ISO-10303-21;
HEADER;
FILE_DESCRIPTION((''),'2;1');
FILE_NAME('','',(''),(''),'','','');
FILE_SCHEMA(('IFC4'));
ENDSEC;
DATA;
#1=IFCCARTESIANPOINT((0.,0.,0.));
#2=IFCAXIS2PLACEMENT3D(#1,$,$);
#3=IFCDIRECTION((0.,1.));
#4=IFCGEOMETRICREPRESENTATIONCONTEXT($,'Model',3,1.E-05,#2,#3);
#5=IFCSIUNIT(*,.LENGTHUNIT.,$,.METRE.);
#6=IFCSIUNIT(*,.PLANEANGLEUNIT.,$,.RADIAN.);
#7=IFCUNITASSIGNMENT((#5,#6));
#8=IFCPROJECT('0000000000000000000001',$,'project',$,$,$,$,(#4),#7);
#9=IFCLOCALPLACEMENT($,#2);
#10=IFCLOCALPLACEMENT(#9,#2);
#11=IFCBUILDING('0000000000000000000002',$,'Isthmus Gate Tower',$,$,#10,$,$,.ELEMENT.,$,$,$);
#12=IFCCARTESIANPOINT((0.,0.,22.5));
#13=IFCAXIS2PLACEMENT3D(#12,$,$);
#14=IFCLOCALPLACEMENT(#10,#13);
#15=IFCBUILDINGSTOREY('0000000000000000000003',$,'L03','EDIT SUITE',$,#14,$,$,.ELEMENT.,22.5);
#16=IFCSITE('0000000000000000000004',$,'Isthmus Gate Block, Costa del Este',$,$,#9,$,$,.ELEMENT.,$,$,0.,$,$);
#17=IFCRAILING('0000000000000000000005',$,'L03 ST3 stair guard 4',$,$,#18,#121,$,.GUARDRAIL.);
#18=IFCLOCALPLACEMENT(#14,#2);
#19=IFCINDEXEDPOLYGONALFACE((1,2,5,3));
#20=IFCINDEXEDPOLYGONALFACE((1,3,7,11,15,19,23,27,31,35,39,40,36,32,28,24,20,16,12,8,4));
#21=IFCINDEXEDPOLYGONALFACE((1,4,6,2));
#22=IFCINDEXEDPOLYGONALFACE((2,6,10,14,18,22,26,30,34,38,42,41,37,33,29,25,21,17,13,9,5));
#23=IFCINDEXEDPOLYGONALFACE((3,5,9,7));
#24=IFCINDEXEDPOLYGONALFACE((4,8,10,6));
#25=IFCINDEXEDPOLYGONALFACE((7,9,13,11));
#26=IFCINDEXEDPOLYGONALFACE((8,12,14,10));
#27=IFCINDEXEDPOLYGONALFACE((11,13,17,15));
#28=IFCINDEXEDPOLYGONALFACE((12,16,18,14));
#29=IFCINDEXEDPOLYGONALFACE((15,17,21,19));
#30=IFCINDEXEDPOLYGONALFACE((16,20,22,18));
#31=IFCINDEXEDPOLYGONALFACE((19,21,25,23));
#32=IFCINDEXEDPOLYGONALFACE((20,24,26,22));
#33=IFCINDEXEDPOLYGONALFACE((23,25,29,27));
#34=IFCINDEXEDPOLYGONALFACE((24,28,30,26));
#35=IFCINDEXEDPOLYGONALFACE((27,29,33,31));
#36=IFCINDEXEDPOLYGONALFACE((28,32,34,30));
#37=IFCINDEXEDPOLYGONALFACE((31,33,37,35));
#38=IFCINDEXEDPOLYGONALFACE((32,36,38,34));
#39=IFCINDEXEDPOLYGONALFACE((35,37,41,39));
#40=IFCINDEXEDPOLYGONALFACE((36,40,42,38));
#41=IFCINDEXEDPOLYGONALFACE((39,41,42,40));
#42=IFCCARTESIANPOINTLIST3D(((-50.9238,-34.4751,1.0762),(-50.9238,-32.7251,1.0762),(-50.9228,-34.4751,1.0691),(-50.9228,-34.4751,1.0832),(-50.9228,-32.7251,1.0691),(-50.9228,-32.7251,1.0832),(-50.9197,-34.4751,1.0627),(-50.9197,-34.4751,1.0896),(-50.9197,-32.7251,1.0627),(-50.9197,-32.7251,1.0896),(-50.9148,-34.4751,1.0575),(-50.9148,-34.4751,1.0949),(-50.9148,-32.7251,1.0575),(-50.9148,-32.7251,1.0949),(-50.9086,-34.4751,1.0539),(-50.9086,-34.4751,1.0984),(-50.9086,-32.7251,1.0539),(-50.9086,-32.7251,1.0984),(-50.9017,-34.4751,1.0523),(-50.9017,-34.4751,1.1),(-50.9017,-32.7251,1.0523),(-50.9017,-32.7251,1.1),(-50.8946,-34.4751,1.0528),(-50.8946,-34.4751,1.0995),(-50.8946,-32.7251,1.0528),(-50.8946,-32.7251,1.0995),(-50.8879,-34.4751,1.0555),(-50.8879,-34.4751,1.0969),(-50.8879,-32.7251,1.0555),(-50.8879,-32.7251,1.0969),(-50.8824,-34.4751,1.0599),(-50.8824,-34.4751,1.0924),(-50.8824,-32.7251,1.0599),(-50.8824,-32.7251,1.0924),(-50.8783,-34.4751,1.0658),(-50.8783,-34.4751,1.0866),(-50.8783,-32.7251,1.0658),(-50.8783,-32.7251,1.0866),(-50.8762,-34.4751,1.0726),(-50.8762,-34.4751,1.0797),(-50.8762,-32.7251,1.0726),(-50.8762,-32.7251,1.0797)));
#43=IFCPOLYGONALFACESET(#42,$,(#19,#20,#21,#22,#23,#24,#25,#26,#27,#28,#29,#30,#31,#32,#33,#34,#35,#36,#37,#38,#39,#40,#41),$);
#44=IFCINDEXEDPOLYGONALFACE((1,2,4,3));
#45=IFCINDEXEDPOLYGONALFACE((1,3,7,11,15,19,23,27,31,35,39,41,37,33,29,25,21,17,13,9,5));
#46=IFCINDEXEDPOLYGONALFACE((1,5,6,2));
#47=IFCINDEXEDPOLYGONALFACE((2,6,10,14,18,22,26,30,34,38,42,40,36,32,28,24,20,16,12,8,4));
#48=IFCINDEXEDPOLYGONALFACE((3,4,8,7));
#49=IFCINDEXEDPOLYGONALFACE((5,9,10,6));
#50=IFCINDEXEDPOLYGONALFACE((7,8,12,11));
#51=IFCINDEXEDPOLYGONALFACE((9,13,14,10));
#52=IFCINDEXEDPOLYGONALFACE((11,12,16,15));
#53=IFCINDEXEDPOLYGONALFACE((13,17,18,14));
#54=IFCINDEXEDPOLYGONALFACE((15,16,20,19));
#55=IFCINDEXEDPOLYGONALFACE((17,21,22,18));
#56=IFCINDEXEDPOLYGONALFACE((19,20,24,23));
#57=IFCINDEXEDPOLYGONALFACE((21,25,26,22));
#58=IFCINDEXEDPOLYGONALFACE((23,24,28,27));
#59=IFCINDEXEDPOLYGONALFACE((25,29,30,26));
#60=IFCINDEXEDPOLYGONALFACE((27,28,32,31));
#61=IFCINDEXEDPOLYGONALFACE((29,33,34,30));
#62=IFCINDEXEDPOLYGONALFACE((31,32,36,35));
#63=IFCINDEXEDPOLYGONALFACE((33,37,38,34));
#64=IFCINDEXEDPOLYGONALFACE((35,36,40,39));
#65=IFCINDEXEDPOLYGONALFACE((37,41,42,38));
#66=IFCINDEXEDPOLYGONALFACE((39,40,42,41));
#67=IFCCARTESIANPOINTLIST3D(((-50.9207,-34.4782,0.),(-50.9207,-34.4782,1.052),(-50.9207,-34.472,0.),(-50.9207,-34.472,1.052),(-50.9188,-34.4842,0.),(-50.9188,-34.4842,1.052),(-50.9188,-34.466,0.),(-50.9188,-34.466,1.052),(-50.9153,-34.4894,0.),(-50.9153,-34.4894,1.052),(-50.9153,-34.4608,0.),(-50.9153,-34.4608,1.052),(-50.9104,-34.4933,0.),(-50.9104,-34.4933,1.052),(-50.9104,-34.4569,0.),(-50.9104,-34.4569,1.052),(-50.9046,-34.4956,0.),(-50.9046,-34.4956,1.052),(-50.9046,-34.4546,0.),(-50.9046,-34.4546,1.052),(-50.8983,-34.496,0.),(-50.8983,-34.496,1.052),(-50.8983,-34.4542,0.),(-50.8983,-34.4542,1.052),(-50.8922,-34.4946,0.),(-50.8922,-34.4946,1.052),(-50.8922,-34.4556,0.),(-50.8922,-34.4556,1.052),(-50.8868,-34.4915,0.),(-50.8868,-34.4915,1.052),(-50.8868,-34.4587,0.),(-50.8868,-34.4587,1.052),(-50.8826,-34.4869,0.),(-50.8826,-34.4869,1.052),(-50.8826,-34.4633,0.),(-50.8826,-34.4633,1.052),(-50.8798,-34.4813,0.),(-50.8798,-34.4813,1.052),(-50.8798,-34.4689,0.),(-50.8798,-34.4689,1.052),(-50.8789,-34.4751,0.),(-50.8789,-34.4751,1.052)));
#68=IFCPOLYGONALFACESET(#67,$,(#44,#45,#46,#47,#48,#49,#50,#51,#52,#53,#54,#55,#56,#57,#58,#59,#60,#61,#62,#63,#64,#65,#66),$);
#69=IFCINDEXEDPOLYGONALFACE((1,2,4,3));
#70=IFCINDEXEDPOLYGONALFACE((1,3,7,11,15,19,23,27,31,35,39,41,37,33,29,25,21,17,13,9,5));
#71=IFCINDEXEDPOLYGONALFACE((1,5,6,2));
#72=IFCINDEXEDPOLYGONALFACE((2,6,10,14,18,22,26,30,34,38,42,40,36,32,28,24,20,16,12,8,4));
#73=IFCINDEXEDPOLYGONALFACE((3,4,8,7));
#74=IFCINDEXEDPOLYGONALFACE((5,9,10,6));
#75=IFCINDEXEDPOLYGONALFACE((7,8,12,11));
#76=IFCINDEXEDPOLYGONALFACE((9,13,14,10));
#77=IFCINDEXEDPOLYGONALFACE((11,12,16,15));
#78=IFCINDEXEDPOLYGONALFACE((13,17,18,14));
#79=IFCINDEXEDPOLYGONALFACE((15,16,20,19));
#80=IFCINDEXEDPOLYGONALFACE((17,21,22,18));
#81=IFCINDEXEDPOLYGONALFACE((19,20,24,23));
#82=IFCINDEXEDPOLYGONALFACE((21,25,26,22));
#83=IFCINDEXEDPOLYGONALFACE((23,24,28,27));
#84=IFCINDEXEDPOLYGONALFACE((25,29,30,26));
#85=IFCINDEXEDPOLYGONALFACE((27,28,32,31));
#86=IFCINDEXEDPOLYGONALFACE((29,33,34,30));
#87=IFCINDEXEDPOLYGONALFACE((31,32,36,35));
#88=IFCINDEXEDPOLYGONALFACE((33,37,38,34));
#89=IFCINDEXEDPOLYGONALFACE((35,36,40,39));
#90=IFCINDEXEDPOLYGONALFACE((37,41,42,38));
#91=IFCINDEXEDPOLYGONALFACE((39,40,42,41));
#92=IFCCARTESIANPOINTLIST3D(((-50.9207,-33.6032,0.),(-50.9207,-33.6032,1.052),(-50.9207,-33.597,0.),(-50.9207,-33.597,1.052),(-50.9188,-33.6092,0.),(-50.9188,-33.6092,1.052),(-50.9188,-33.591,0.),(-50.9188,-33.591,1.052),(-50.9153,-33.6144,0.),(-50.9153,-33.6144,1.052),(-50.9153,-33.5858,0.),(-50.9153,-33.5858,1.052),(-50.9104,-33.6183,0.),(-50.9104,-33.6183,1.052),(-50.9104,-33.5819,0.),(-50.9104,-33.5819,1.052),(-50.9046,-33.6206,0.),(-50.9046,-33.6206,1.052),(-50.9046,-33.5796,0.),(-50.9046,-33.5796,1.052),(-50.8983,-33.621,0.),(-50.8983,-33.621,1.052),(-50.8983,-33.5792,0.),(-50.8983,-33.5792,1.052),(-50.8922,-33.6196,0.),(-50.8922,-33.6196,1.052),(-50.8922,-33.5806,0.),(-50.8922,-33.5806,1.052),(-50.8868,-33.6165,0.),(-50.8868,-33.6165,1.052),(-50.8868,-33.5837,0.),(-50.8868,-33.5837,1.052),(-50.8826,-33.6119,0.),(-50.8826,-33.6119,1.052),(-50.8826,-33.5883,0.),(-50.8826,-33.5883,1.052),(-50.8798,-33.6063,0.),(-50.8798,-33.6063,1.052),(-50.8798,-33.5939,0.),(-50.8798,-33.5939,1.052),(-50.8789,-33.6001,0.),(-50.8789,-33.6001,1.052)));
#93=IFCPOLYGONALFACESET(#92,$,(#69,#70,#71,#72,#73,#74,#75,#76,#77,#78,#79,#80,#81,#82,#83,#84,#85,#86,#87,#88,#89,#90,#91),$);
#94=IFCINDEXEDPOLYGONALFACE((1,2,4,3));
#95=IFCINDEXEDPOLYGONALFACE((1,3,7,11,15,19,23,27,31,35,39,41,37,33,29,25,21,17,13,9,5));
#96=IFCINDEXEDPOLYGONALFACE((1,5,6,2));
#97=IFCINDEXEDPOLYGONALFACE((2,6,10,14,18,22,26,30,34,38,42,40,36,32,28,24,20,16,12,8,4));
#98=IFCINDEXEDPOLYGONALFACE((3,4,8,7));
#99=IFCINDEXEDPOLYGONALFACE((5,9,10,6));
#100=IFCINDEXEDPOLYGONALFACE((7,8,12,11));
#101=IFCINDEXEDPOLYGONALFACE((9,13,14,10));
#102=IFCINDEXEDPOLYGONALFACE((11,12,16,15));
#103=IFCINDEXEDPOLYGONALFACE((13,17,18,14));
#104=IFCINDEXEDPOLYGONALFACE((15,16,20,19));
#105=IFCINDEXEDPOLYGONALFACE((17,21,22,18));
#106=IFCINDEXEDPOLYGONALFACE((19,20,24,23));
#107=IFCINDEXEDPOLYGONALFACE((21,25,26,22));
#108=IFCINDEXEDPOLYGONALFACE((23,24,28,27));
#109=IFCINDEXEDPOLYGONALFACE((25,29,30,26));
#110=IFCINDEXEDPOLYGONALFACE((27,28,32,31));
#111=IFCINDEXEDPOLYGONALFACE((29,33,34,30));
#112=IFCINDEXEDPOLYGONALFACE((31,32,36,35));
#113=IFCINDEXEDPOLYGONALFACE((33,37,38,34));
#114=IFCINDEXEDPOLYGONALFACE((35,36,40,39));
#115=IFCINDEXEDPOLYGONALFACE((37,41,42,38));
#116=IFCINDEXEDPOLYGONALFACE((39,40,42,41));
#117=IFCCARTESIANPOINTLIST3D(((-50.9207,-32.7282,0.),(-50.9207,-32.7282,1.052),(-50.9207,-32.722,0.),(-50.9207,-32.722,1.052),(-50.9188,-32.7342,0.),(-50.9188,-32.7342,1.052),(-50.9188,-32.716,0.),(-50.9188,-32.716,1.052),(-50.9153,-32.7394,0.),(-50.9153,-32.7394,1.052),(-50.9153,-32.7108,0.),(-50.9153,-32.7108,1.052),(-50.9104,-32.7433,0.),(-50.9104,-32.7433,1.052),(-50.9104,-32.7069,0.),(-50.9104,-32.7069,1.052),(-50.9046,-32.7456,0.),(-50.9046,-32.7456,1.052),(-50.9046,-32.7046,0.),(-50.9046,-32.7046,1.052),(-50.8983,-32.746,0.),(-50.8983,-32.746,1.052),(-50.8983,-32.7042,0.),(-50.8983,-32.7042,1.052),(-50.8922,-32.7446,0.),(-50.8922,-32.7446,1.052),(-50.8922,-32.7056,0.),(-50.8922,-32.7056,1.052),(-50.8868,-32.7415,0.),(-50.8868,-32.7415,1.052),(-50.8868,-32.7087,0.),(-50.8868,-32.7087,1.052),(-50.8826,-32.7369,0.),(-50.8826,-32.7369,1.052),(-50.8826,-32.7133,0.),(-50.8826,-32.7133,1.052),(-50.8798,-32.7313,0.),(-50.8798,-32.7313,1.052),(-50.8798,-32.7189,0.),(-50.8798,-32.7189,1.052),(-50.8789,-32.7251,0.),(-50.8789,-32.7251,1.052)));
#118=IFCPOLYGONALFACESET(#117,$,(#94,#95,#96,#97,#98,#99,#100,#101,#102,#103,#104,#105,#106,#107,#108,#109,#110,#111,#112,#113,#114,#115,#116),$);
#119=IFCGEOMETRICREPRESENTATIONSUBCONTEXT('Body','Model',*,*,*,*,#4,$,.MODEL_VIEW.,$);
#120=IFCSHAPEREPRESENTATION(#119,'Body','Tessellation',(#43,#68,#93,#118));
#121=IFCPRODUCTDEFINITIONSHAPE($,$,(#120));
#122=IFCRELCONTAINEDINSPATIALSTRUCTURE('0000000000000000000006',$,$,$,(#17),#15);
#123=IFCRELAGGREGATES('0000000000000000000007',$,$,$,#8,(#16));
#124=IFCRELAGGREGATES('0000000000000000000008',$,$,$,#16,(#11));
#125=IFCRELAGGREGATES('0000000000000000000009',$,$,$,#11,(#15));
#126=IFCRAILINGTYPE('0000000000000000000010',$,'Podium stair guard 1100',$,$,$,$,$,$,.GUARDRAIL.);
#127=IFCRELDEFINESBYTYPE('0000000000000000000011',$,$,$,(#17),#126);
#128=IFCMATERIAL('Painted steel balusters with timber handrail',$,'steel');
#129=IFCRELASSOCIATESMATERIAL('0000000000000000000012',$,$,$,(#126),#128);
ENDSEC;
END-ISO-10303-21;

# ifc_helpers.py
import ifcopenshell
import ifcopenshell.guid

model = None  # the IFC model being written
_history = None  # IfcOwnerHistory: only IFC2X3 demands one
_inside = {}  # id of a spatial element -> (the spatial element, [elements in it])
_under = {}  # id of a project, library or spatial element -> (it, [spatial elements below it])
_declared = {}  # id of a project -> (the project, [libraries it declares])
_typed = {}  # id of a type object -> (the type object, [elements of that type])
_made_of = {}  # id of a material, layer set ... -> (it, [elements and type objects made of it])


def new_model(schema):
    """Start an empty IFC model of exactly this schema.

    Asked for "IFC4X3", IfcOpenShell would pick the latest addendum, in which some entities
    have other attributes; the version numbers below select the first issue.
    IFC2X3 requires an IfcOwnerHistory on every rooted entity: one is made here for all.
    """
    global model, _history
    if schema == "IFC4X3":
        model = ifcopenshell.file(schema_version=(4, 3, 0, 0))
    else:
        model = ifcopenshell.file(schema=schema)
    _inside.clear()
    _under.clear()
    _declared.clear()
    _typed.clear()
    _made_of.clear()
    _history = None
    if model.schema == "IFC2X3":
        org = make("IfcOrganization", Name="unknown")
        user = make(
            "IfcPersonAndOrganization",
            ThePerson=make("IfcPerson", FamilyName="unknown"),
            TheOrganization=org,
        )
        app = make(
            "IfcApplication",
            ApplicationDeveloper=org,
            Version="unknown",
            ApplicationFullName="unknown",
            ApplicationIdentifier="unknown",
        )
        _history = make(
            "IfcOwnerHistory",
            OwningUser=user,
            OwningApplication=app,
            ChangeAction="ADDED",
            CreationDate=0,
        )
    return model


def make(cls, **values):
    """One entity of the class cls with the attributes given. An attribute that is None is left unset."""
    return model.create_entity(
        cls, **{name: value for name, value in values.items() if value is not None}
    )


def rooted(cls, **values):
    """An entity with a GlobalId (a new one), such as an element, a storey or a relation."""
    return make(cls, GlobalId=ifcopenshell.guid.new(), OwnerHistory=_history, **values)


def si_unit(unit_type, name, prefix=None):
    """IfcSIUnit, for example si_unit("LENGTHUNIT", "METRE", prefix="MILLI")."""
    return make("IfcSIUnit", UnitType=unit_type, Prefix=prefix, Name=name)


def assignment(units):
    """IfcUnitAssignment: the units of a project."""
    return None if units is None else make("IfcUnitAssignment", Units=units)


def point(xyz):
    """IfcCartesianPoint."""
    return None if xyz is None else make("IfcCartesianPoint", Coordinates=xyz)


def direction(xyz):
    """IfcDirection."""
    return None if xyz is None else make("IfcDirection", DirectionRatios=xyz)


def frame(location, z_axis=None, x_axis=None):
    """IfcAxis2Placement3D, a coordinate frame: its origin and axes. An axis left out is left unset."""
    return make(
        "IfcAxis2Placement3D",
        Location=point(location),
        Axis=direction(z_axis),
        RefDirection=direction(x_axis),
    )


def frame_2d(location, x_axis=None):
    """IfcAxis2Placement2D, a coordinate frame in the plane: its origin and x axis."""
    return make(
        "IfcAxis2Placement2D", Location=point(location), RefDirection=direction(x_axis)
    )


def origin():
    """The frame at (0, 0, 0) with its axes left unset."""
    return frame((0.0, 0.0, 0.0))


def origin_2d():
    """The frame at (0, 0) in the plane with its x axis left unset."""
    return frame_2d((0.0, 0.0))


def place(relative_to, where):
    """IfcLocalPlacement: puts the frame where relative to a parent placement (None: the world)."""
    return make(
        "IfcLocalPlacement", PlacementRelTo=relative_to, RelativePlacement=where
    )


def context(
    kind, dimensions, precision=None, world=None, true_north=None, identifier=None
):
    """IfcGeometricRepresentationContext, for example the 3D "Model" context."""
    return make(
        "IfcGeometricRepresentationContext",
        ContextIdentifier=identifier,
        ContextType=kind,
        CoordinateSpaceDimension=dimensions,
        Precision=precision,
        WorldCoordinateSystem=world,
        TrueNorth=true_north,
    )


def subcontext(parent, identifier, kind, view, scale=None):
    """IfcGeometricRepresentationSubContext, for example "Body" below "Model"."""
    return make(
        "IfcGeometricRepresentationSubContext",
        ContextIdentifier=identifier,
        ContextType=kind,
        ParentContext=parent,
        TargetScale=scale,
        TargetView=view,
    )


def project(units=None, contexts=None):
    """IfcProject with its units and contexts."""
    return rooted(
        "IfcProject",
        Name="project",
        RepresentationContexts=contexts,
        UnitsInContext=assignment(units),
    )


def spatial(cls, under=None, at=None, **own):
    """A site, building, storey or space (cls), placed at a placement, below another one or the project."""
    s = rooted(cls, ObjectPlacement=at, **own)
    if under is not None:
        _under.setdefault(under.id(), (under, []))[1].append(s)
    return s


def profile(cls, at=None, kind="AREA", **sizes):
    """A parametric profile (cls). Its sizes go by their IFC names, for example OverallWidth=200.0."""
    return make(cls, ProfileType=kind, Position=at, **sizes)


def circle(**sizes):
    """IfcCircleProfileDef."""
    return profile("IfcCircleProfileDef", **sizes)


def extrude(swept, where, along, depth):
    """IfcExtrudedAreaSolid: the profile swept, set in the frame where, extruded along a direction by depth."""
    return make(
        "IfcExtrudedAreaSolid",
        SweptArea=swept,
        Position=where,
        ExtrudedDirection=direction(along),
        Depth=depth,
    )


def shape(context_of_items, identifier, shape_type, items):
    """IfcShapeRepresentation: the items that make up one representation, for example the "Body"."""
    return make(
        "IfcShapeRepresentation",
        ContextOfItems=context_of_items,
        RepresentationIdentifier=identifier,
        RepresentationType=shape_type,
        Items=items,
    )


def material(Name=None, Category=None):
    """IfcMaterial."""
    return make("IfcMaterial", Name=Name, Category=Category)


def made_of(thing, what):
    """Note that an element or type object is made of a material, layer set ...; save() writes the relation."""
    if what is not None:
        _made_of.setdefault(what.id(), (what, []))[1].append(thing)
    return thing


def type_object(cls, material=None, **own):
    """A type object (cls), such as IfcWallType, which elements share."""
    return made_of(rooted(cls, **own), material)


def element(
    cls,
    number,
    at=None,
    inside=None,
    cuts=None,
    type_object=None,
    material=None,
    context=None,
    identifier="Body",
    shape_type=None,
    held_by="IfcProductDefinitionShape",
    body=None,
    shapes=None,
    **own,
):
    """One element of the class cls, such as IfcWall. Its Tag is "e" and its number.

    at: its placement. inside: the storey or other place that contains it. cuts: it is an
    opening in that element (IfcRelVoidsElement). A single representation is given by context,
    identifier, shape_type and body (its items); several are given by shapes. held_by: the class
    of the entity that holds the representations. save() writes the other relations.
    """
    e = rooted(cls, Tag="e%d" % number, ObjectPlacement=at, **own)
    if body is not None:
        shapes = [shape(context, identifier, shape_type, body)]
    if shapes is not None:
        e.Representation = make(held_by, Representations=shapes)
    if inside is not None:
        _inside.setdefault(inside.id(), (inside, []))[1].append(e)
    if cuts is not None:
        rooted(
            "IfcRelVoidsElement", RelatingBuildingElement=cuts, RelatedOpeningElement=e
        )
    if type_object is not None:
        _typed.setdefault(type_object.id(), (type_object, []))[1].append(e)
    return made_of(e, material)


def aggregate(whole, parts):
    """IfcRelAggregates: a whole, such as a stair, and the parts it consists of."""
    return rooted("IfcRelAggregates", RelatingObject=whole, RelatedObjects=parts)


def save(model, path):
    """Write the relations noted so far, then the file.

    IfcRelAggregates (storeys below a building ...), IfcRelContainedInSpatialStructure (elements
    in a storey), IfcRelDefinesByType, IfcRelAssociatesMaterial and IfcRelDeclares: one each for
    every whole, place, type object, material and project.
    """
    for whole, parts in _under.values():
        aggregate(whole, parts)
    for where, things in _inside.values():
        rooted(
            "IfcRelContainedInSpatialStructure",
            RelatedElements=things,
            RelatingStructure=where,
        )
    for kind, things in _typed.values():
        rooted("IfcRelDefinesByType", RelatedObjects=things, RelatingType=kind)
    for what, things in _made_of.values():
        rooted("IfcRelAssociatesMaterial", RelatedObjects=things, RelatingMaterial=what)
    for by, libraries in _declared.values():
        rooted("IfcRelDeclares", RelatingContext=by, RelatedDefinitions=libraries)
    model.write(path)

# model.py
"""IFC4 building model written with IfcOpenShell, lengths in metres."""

from ifc_helpers import new_model, si_unit, direction, frame, origin, origin_2d, place, context, subcontext, project, spatial, circle, extrude, material, type_object, element, save


model = new_model("IFC4")

# Units and contexts
model_context = context("Model", 3, precision=1e-05, world=origin(), true_north=direction((0.0, 1.0)))
body_context = subcontext(model_context, "Body", "Model", "MODEL_VIEW")
ifc_project = project(units=[si_unit("LENGTHUNIT", "METRE"), si_unit("PLANEANGLEUNIT", "RADIAN")], contexts=[model_context])

# Site, building, storey
site_placement = place(None, origin())
site = spatial("IfcSite", under=ifc_project, at=site_placement, Name="Isthmus Gate Block, Costa del Este", CompositionType="ELEMENT", RefElevation=0.0)
building_placement = place(site_placement, origin())
building = spatial("IfcBuilding", under=site, at=building_placement, Name="Isthmus Gate Tower", CompositionType="ELEMENT")
storey_placement = place(building_placement, frame((0.0, 0.0, 22.5)))
storey = spatial("IfcBuildingStorey", under=building, at=storey_placement, Name="L03", Description="EDIT SUITE", CompositionType="ELEMENT", Elevation=22.5)

# Railing
ifc_material_1 = material(Name="Painted steel balusters with timber handrail", Category="steel")
railing_type_1 = type_object("IfcRailingType", Name="Podium stair guard 1100", PredefinedType="GUARDRAIL", material=ifc_material_1)
railing_1_placement = place(storey_placement, frame((-50.8999, -34.4751, 0.0)))
element("IfcRailing", 1, at=railing_1_placement, inside=storey, type_object=railing_type_1, Name="L03 ST3 stair guard 4", PredefinedType="GUARDRAIL", context=body_context, shape_type="SweptSolid", body=[
    extrude(circle(Radius=0.0239, at=origin_2d()), frame((0.0, 0.0, 1.0762), z_axis=(0.0, 1.0, 0.0), x_axis=(-1.0, 0.0, 0.0)), (0.0, 0.0, 1.0), 1.75),
    extrude(circle(Radius=0.021, at=origin_2d()), origin(), (0.0, 0.0, 1.0), 1.052),
    extrude(circle(Radius=0.021, at=origin_2d()), frame((0.0, 0.875, 0.0)), (0.0, 0.0, 1.0), 1.052),
    extrude(circle(Radius=0.021, at=origin_2d()), frame((0.0, 1.75, 0.0)), (0.0, 0.0, 1.0), 1.052),
])

save(model, "model.ifc")
